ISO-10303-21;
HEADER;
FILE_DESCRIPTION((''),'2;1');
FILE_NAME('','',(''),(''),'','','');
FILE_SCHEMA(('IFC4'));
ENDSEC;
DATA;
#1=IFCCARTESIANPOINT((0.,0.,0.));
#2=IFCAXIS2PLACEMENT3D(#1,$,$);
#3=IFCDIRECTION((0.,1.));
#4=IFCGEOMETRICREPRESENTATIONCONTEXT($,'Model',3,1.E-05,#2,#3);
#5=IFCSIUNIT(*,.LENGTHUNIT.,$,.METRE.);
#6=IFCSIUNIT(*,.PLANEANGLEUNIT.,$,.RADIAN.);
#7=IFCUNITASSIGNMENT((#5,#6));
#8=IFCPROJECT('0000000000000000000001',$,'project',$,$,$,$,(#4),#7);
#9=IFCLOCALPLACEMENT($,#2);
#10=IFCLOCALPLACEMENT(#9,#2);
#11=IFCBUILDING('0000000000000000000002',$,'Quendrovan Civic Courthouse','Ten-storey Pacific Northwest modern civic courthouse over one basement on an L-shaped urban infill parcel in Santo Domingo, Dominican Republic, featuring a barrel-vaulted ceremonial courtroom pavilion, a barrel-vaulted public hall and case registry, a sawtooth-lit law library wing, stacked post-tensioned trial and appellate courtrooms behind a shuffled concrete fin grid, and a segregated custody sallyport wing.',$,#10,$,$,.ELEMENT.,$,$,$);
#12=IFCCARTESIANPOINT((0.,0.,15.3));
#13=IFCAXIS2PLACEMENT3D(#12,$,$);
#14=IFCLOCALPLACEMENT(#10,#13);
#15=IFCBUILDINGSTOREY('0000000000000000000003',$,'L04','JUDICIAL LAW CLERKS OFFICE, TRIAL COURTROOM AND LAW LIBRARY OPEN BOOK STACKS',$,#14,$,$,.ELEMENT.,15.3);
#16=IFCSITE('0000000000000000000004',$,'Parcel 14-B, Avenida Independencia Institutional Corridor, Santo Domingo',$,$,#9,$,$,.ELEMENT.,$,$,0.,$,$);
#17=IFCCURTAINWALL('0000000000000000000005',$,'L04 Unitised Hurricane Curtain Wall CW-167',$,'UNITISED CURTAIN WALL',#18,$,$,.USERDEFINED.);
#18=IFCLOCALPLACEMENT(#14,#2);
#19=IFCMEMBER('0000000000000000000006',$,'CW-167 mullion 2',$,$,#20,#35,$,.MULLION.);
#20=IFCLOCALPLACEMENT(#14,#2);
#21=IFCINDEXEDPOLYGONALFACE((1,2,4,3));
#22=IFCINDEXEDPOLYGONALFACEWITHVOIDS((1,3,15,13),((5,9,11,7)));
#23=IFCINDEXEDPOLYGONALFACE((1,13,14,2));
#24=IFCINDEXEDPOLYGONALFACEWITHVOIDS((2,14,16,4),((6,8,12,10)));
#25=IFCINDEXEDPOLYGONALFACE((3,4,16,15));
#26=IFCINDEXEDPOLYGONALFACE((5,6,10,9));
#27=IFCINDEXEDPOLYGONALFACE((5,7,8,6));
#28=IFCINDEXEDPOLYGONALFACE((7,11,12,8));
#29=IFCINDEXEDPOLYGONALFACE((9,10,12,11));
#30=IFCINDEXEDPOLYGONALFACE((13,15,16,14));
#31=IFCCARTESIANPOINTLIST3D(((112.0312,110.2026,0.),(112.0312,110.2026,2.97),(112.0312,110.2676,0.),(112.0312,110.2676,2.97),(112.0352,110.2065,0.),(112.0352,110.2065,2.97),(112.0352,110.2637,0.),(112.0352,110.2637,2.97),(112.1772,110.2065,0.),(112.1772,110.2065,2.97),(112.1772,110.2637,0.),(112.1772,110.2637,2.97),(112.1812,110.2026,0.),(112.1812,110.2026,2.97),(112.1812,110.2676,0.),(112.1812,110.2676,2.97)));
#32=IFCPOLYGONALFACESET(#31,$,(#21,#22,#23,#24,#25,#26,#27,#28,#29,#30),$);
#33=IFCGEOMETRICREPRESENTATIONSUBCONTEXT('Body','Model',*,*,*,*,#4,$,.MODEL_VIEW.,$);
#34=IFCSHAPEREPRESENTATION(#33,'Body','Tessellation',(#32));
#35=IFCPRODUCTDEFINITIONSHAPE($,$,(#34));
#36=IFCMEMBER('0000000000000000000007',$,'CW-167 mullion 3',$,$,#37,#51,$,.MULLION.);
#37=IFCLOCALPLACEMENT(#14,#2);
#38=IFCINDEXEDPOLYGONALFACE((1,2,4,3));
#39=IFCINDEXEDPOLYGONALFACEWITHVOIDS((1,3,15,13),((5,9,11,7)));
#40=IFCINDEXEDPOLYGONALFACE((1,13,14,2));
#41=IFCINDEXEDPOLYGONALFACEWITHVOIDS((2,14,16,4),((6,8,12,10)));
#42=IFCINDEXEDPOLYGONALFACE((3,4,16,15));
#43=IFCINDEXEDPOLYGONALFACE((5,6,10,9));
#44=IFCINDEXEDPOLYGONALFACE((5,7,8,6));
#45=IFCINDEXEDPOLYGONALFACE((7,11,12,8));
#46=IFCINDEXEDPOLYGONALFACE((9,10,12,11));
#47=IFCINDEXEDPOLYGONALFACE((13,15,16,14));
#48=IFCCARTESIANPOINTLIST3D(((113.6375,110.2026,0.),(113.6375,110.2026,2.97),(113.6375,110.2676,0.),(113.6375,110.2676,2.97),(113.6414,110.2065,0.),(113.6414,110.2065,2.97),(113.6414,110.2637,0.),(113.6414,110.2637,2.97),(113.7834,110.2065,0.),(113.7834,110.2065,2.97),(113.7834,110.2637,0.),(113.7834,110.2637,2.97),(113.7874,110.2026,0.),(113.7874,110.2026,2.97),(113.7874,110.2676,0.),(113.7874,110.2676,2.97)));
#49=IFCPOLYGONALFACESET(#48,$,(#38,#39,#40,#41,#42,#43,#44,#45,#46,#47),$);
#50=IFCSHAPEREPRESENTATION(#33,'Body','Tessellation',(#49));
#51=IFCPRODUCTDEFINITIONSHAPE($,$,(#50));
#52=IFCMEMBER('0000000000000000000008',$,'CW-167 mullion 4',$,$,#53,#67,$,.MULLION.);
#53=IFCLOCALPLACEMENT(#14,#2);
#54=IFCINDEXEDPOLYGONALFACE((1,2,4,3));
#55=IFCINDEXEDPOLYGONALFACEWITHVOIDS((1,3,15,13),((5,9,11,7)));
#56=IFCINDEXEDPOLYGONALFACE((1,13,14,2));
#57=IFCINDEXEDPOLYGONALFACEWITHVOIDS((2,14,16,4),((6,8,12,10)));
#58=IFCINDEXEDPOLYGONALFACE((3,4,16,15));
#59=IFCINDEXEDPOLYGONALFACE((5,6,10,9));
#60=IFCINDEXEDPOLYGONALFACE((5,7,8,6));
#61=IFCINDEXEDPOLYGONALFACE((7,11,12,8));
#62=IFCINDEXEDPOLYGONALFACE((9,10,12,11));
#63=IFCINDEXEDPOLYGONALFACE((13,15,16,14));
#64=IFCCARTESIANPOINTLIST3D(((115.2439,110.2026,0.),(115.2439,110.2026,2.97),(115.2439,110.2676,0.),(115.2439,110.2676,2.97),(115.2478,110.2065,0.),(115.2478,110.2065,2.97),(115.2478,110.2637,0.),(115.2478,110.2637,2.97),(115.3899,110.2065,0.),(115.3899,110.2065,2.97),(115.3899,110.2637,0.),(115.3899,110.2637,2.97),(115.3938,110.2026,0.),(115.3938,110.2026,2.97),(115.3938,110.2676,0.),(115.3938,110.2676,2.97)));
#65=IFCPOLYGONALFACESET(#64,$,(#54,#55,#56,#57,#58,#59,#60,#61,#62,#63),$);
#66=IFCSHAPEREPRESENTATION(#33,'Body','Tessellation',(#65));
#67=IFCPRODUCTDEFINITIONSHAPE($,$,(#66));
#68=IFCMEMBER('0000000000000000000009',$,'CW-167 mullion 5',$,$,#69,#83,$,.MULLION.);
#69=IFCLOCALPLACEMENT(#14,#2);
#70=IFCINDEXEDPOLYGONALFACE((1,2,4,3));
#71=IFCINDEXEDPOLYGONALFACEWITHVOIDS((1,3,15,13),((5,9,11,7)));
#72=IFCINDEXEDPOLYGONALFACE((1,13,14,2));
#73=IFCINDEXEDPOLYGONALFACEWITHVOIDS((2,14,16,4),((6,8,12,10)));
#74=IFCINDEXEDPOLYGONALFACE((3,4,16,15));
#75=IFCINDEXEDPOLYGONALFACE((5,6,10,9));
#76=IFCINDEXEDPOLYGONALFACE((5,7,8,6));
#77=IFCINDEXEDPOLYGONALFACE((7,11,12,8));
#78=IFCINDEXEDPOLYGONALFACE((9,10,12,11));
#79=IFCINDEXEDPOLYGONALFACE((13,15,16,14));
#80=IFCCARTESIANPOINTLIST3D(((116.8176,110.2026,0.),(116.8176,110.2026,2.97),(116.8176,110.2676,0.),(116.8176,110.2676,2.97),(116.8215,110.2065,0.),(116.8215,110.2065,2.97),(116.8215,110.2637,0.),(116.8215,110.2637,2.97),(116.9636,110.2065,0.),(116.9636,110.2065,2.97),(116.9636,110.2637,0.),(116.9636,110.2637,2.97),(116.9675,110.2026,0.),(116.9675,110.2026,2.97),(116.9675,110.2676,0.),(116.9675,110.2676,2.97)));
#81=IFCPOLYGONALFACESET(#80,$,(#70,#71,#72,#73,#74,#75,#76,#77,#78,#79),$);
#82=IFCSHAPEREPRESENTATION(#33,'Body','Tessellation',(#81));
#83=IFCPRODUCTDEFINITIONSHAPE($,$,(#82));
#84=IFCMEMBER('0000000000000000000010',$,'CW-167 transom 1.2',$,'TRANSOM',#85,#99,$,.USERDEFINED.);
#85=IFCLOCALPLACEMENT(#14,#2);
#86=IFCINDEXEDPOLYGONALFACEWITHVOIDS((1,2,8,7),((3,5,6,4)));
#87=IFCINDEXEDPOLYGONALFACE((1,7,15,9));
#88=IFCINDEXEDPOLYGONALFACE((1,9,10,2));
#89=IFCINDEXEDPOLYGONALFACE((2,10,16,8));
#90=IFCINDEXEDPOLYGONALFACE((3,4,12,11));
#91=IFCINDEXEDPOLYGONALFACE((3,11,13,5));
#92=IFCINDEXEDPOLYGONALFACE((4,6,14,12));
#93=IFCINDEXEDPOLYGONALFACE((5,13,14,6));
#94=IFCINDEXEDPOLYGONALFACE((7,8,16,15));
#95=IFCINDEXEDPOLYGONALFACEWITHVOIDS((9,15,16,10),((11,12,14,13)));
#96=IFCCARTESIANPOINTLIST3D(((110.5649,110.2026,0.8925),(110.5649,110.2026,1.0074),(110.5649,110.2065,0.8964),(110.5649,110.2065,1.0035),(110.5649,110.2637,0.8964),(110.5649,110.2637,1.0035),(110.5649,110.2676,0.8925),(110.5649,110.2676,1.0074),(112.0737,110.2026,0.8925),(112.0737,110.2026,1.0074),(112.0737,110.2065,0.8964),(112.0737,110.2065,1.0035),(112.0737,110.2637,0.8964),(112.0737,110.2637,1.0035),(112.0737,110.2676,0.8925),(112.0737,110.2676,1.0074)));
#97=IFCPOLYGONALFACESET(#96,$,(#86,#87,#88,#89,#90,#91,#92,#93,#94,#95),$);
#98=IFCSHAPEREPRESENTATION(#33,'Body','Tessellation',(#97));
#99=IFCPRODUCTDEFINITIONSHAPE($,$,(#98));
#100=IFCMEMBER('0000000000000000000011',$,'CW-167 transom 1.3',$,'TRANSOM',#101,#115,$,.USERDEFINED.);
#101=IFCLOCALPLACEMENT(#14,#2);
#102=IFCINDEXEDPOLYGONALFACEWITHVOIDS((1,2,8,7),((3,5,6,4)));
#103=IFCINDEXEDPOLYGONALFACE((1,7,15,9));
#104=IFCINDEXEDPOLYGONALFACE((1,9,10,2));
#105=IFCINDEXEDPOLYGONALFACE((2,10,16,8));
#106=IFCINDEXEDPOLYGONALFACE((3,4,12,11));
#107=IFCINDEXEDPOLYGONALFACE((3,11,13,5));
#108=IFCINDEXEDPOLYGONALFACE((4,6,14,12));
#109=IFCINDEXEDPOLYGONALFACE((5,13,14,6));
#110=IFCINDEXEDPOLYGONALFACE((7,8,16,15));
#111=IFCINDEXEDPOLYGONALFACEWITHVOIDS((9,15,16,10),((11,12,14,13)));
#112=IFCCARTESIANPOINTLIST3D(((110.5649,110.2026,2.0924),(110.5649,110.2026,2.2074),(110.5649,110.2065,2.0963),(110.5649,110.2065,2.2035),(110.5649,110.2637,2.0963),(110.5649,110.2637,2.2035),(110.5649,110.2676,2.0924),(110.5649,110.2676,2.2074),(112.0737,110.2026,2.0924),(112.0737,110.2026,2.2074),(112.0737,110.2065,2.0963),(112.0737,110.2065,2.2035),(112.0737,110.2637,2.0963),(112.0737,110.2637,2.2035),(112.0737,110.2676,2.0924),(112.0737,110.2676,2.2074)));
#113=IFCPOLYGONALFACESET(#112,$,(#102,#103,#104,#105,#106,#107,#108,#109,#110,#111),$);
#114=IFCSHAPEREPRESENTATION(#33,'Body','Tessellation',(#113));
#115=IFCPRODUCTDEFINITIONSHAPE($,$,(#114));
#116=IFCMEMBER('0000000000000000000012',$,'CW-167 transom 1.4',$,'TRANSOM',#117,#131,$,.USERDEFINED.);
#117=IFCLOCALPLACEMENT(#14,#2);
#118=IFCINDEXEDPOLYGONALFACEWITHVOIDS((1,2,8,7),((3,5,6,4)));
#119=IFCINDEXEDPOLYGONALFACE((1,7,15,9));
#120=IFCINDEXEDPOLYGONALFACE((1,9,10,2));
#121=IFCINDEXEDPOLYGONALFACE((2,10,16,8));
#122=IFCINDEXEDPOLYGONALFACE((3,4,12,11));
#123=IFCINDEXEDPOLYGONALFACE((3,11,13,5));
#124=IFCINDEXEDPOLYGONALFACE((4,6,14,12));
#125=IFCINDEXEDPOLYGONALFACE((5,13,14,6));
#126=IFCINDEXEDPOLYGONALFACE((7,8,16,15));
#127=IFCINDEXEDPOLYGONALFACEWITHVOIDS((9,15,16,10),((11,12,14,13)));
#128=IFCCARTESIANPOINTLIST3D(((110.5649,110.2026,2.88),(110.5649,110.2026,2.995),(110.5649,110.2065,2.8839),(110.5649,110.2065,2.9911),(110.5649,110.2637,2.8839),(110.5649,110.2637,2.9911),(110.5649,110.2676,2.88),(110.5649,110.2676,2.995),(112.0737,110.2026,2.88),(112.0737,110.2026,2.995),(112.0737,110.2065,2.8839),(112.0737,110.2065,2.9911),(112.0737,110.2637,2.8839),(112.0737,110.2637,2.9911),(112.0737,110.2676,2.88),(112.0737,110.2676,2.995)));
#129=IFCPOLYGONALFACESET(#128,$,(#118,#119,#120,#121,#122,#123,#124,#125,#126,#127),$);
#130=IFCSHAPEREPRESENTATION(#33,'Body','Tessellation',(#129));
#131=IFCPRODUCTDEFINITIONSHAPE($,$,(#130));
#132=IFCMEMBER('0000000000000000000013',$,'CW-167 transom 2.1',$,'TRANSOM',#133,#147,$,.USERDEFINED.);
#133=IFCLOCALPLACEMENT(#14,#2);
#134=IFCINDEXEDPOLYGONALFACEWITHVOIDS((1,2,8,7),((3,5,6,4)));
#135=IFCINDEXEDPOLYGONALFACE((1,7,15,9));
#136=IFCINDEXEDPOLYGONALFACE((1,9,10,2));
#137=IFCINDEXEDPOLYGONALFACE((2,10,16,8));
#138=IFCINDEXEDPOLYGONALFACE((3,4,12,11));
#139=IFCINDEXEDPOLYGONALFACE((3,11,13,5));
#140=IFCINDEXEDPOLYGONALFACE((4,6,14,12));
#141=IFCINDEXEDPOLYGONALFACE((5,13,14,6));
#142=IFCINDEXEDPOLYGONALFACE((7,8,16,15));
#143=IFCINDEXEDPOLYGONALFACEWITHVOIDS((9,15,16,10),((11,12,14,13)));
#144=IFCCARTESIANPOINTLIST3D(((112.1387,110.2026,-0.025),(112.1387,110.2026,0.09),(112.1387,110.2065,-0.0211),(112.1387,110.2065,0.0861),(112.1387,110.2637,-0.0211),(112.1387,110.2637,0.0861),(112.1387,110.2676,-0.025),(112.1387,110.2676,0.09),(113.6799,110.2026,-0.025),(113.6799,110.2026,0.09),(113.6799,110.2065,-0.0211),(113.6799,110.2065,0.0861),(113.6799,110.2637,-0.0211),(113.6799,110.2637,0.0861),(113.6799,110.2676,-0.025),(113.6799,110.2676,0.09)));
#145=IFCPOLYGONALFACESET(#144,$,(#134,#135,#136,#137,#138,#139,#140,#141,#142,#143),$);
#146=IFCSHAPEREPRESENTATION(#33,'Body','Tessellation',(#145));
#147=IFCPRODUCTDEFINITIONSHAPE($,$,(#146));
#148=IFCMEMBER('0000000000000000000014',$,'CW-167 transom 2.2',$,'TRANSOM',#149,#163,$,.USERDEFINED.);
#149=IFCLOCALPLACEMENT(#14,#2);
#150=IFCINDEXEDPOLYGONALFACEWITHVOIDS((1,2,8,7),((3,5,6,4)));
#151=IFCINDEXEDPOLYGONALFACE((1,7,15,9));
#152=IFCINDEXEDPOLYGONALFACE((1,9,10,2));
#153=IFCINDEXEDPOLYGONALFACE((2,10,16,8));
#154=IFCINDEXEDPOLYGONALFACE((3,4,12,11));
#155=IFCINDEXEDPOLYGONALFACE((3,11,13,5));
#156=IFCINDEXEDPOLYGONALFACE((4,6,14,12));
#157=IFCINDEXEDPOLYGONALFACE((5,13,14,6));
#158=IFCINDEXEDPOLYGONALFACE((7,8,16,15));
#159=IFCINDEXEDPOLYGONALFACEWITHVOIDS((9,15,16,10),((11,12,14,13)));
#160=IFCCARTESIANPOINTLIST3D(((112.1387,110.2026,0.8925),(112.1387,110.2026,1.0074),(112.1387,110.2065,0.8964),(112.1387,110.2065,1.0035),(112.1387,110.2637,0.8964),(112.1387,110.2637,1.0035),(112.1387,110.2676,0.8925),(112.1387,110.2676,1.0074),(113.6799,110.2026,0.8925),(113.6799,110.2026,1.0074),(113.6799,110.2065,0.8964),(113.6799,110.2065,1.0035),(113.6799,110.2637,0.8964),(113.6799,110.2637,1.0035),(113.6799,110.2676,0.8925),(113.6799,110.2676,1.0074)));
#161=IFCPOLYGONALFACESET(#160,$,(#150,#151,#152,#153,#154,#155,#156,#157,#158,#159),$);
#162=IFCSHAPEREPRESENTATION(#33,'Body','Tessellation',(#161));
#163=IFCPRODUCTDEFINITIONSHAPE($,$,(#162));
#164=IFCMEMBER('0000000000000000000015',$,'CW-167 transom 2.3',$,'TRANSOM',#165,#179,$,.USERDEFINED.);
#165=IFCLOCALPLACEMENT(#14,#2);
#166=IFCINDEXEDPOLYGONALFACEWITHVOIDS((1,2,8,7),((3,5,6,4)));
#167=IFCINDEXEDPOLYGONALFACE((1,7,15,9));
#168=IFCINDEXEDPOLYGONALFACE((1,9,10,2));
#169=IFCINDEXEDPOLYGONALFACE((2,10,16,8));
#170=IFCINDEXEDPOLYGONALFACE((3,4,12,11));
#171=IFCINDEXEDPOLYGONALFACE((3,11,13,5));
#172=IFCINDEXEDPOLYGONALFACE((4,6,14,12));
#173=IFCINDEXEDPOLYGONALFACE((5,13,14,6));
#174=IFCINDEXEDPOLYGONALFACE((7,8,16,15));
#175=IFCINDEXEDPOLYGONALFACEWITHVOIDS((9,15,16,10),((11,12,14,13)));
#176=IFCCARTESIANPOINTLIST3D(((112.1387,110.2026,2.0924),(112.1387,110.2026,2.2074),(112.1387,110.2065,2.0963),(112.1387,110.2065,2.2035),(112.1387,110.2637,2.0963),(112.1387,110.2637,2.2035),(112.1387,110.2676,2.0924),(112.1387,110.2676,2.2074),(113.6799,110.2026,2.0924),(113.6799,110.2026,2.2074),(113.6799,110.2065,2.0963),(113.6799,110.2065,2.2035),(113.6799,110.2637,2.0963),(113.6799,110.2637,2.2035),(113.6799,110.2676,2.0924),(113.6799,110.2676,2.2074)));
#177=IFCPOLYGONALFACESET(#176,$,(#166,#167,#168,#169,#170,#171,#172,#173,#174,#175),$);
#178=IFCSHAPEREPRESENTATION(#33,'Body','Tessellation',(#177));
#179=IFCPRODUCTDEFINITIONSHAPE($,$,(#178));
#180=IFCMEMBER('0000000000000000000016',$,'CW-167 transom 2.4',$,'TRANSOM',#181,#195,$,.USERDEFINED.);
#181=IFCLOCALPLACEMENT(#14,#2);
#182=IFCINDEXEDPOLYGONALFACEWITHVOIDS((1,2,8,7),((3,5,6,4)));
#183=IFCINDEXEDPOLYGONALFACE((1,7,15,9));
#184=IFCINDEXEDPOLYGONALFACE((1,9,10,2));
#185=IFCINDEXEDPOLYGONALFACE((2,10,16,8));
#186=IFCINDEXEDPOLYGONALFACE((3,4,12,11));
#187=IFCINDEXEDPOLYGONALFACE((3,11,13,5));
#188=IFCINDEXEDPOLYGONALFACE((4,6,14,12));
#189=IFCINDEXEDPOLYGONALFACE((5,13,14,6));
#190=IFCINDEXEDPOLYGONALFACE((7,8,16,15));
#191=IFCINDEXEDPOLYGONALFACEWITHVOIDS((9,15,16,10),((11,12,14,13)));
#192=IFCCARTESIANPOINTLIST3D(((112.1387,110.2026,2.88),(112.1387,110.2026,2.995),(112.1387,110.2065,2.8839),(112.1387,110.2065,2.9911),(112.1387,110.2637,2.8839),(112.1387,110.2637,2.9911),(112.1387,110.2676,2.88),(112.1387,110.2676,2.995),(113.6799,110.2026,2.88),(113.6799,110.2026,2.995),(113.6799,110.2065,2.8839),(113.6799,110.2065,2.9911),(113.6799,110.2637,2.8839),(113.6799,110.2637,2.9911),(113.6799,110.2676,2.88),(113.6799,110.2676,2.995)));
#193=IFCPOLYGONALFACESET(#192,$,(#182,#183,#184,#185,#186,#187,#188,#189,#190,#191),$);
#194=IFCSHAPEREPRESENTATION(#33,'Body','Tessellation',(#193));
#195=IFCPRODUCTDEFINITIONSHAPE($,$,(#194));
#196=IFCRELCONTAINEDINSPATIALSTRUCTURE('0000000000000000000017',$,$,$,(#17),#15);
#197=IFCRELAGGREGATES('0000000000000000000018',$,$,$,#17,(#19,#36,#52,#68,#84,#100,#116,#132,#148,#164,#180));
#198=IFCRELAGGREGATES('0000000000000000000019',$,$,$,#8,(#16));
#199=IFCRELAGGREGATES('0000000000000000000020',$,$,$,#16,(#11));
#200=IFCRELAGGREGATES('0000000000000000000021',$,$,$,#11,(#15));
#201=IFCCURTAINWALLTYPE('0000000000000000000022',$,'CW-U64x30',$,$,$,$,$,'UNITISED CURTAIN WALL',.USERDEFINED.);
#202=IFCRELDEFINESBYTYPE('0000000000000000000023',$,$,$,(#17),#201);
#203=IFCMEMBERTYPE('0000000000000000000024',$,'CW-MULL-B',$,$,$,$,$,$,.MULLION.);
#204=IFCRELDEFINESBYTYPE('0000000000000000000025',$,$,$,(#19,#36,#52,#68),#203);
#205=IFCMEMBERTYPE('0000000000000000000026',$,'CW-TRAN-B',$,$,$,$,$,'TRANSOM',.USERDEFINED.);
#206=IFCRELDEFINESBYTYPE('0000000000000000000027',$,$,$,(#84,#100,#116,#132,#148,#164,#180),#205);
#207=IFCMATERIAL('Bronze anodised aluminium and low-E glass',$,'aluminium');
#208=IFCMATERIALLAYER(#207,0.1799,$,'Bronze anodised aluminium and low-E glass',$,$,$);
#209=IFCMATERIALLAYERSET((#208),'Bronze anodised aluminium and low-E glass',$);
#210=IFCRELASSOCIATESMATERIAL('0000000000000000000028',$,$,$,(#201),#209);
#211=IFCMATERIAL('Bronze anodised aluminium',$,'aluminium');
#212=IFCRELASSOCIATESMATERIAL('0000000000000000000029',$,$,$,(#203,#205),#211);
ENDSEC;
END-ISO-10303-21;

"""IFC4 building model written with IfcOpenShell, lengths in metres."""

from ifc_helpers import new_model, si_unit, direction, frame, origin, origin_2d, place, context, subcontext, project, spatial, hollow_rectangle, extrude, material, layer, layer_set, material_profile, profile_set, type_object, element, aggregate, save


model = new_model("IFC4")

# Units and contexts
model_context = context("Model", 3, precision=1e-05, world=origin(), true_north=direction((0.0, 1.0)))
body_context = subcontext(model_context, "Body", "Model", "MODEL_VIEW")
ifc_project = project(units=[si_unit("LENGTHUNIT", "METRE"), si_unit("PLANEANGLEUNIT", "RADIAN")], contexts=[model_context])

# Site, building, storey
site_placement = place(None, origin())
site = spatial("IfcSite", under=ifc_project, at=site_placement, Name="Parcel 14-B, Avenida Independencia Institutional Corridor, Santo Domingo", CompositionType="ELEMENT", RefElevation=0.0)
building_placement = place(site_placement, origin())
building = spatial("IfcBuilding", under=site, at=building_placement, Name="Quendrovan Civic Courthouse", Description="Ten-storey Pacific Northwest modern civic courthouse over one basement on an L-shaped urban infill parcel in Santo Domingo, Dominican Republic, featuring a barrel-vaulted ceremonial courtroom pavilion, a barrel-vaulted public hall and case registry, a sawtooth-lit law library wing, stacked post-tensioned trial and appellate courtrooms behind a shuffled concrete fin grid, and a segregated custody sallyport wing.", CompositionType="ELEMENT")
storey_placement = place(building_placement, frame((0.0, 0.0, 15.3)))
storey = spatial("IfcBuildingStorey", under=building, at=storey_placement, Name="L04", Description="JUDICIAL LAW CLERKS OFFICE, TRIAL COURTROOM AND LAW LIBRARY OPEN BOOK STACKS", CompositionType="ELEMENT", Elevation=15.3)

# Curtain wall, members
ifc_material_1 = material(Name="Bronze anodised aluminium and low-E glass", Category="aluminium")
ifc_layer_1 = layer(ifc_material_1, 0.1799, Name="Bronze anodised aluminium and low-E glass")
ifc_layer_set_1 = layer_set([ifc_layer_1], Name="Bronze anodised aluminium and low-E glass")
curtain_wall_type = type_object("IfcCurtainWallType", Name="CW-U64x30", ElementType="UNITISED CURTAIN WALL", PredefinedType="USERDEFINED", material=ifc_layer_set_1)
curtain_wall_placement = place(storey_placement, origin())
curtain_wall = element("IfcCurtainWall", 1, at=curtain_wall_placement, inside=storey, type_object=curtain_wall_type, Name="L04 Unitised Hurricane Curtain Wall CW-167", ObjectType="UNITISED CURTAIN WALL", PredefinedType="USERDEFINED")
ifc_material_2 = material(Name="Bronze anodised aluminium", Category="aluminium")
ifc_material_profile_1 = material_profile(ifc_material_2, hollow_rectangle(XDim=0.0649, YDim=0.1499, WallThickness=0.0039, at=origin_2d()), Name="CW-MULL-65x150")
ifc_profile_set_1 = profile_set([ifc_material_profile_1], Name="Bronze anodised aluminium")
member_type_1 = type_object("IfcMemberType", Name="CW-MULL-B", PredefinedType="MULLION", material=ifc_profile_set_1)
member_1_placement = place(storey_placement, frame((112.1062, 110.2351, 0.0), z_axis=(0.0, 0.0, 1.0), x_axis=(0.0, 1.0, 0.0)))
member_1 = element("IfcMember", 2, at=member_1_placement, type_object=member_type_1, Name="CW-167 mullion 2", PredefinedType="MULLION", context=body_context, shape_type="SweptSolid", body=[
    extrude(hollow_rectangle(XDim=0.0649, YDim=0.1499, WallThickness=0.0039, at=origin_2d()), origin(), (0.0, 0.0, 1.0), 2.97),
])
member_2_placement = place(storey_placement, frame((113.7124, 110.2351, 0.0), z_axis=(0.0, 0.0, 1.0), x_axis=(0.0, 1.0, 0.0)))
member_2 = element("IfcMember", 3, at=member_2_placement, type_object=member_type_1, Name="CW-167 mullion 3", PredefinedType="MULLION", context=body_context, shape_type="SweptSolid", body=[
    extrude(hollow_rectangle(XDim=0.0649, YDim=0.1499, WallThickness=0.0039, at=origin_2d()), origin(), (0.0, 0.0, 1.0), 2.97),
])
member_3_placement = place(storey_placement, frame((115.3188, 110.2351, 0.0), z_axis=(0.0, 0.0, 1.0), x_axis=(0.0, 1.0, 0.0)))
member_3 = element("IfcMember", 4, at=member_3_placement, type_object=member_type_1, Name="CW-167 mullion 4", PredefinedType="MULLION", context=body_context, shape_type="SweptSolid", body=[
    extrude(hollow_rectangle(XDim=0.0649, YDim=0.1499, WallThickness=0.0039, at=origin_2d()), origin(), (0.0, 0.0, 1.0), 2.97),
])
member_4_placement = place(storey_placement, frame((116.8926, 110.2351, 0.0), z_axis=(0.0, 0.0, 1.0), x_axis=(0.0, 1.0, 0.0)))
member_4 = element("IfcMember", 5, at=member_4_placement, type_object=member_type_1, Name="CW-167 mullion 5", PredefinedType="MULLION", context=body_context, shape_type="SweptSolid", body=[
    extrude(hollow_rectangle(XDim=0.0649, YDim=0.1499, WallThickness=0.0039, at=origin_2d()), origin(), (0.0, 0.0, 1.0), 2.97),
])
ifc_material_profile_2 = material_profile(ifc_material_2, hollow_rectangle(XDim=0.0649, YDim=0.115, WallThickness=0.0039, at=origin_2d()), Name="CW-TRAN-65x115")
ifc_profile_set_2 = profile_set([ifc_material_profile_2], Name="Bronze anodised aluminium")
member_type_2 = type_object("IfcMemberType", Name="CW-TRAN-B", ElementType="TRANSOM", PredefinedType="USERDEFINED", material=ifc_profile_set_2)
member_5_placement = place(storey_placement, frame((110.5649, 110.2351, 0.95), z_axis=(1.0, 0.0, 0.0), x_axis=(0.0, 1.0, 0.0)))
member_5 = element("IfcMember", 6, at=member_5_placement, type_object=member_type_2, Name="CW-167 transom 1.2", ObjectType="TRANSOM", PredefinedType="USERDEFINED", context=body_context, shape_type="SweptSolid", body=[
    extrude(hollow_rectangle(XDim=0.0649, YDim=0.115, WallThickness=0.0039, at=origin_2d()), origin(), (0.0, 0.0, 1.0), 1.5088),
])
member_6_placement = place(storey_placement, frame((110.5649, 110.2351, 2.1499), z_axis=(1.0, 0.0, 0.0), x_axis=(0.0, 1.0, 0.0)))
member_6 = element("IfcMember", 7, at=member_6_placement, type_object=member_type_2, Name="CW-167 transom 1.3", ObjectType="TRANSOM", PredefinedType="USERDEFINED", context=body_context, shape_type="SweptSolid", body=[
    extrude(hollow_rectangle(XDim=0.0649, YDim=0.115, WallThickness=0.0039, at=origin_2d()), origin(), (0.0, 0.0, 1.0), 1.5088),
])
member_7_placement = place(storey_placement, frame((110.5649, 110.2351, 2.9375), z_axis=(1.0, 0.0, 0.0), x_axis=(0.0, 1.0, 0.0)))
member_7 = element("IfcMember", 8, at=member_7_placement, type_object=member_type_2, Name="CW-167 transom 1.4", ObjectType="TRANSOM", PredefinedType="USERDEFINED", context=body_context, shape_type="SweptSolid", body=[
    extrude(hollow_rectangle(XDim=0.0649, YDim=0.115, WallThickness=0.0039, at=origin_2d()), origin(), (0.0, 0.0, 1.0), 1.5088),
])
member_8_placement = place(storey_placement, frame((112.1387, 110.2351, 0.0325), z_axis=(1.0, 0.0, 0.0), x_axis=(0.0, 1.0, 0.0)))
member_8 = element("IfcMember", 9, at=member_8_placement, type_object=member_type_2, Name="CW-167 transom 2.1", ObjectType="TRANSOM", PredefinedType="USERDEFINED", context=body_context, shape_type="SweptSolid", body=[
    extrude(hollow_rectangle(XDim=0.0649, YDim=0.115, WallThickness=0.0039, at=origin_2d()), origin(), (0.0, 0.0, 1.0), 1.5413),
])
member_9_placement = place(storey_placement, frame((112.1387, 110.2351, 0.95), z_axis=(1.0, 0.0, 0.0), x_axis=(0.0, 1.0, 0.0)))
member_9 = element("IfcMember", 10, at=member_9_placement, type_object=member_type_2, Name="CW-167 transom 2.2", ObjectType="TRANSOM", PredefinedType="USERDEFINED", context=body_context, shape_type="SweptSolid", body=[
    extrude(hollow_rectangle(XDim=0.0649, YDim=0.115, WallThickness=0.0039, at=origin_2d()), origin(), (0.0, 0.0, 1.0), 1.5413),
])
member_10_placement = place(storey_placement, frame((112.1387, 110.2351, 2.1499), z_axis=(1.0, 0.0, 0.0), x_axis=(0.0, 1.0, 0.0)))
member_10 = element("IfcMember", 11, at=member_10_placement, type_object=member_type_2, Name="CW-167 transom 2.3", ObjectType="TRANSOM", PredefinedType="USERDEFINED", context=body_context, shape_type="SweptSolid", body=[
    extrude(hollow_rectangle(XDim=0.0649, YDim=0.115, WallThickness=0.0039, at=origin_2d()), origin(), (0.0, 0.0, 1.0), 1.5413),
])
member_11_placement = place(storey_placement, frame((112.1387, 110.2351, 2.9375), z_axis=(1.0, 0.0, 0.0), x_axis=(0.0, 1.0, 0.0)))
member_11 = element("IfcMember", 12, at=member_11_placement, type_object=member_type_2, Name="CW-167 transom 2.4", ObjectType="TRANSOM", PredefinedType="USERDEFINED", context=body_context, shape_type="SweptSolid", body=[
    extrude(hollow_rectangle(XDim=0.0649, YDim=0.115, WallThickness=0.0039, at=origin_2d()), origin(), (0.0, 0.0, 1.0), 1.5413),
])
aggregate(curtain_wall, [member_1, member_2, member_3, member_4, member_5, member_6, member_7, member_8, member_9, member_10, member_11])

save(model, "model.ifc")
